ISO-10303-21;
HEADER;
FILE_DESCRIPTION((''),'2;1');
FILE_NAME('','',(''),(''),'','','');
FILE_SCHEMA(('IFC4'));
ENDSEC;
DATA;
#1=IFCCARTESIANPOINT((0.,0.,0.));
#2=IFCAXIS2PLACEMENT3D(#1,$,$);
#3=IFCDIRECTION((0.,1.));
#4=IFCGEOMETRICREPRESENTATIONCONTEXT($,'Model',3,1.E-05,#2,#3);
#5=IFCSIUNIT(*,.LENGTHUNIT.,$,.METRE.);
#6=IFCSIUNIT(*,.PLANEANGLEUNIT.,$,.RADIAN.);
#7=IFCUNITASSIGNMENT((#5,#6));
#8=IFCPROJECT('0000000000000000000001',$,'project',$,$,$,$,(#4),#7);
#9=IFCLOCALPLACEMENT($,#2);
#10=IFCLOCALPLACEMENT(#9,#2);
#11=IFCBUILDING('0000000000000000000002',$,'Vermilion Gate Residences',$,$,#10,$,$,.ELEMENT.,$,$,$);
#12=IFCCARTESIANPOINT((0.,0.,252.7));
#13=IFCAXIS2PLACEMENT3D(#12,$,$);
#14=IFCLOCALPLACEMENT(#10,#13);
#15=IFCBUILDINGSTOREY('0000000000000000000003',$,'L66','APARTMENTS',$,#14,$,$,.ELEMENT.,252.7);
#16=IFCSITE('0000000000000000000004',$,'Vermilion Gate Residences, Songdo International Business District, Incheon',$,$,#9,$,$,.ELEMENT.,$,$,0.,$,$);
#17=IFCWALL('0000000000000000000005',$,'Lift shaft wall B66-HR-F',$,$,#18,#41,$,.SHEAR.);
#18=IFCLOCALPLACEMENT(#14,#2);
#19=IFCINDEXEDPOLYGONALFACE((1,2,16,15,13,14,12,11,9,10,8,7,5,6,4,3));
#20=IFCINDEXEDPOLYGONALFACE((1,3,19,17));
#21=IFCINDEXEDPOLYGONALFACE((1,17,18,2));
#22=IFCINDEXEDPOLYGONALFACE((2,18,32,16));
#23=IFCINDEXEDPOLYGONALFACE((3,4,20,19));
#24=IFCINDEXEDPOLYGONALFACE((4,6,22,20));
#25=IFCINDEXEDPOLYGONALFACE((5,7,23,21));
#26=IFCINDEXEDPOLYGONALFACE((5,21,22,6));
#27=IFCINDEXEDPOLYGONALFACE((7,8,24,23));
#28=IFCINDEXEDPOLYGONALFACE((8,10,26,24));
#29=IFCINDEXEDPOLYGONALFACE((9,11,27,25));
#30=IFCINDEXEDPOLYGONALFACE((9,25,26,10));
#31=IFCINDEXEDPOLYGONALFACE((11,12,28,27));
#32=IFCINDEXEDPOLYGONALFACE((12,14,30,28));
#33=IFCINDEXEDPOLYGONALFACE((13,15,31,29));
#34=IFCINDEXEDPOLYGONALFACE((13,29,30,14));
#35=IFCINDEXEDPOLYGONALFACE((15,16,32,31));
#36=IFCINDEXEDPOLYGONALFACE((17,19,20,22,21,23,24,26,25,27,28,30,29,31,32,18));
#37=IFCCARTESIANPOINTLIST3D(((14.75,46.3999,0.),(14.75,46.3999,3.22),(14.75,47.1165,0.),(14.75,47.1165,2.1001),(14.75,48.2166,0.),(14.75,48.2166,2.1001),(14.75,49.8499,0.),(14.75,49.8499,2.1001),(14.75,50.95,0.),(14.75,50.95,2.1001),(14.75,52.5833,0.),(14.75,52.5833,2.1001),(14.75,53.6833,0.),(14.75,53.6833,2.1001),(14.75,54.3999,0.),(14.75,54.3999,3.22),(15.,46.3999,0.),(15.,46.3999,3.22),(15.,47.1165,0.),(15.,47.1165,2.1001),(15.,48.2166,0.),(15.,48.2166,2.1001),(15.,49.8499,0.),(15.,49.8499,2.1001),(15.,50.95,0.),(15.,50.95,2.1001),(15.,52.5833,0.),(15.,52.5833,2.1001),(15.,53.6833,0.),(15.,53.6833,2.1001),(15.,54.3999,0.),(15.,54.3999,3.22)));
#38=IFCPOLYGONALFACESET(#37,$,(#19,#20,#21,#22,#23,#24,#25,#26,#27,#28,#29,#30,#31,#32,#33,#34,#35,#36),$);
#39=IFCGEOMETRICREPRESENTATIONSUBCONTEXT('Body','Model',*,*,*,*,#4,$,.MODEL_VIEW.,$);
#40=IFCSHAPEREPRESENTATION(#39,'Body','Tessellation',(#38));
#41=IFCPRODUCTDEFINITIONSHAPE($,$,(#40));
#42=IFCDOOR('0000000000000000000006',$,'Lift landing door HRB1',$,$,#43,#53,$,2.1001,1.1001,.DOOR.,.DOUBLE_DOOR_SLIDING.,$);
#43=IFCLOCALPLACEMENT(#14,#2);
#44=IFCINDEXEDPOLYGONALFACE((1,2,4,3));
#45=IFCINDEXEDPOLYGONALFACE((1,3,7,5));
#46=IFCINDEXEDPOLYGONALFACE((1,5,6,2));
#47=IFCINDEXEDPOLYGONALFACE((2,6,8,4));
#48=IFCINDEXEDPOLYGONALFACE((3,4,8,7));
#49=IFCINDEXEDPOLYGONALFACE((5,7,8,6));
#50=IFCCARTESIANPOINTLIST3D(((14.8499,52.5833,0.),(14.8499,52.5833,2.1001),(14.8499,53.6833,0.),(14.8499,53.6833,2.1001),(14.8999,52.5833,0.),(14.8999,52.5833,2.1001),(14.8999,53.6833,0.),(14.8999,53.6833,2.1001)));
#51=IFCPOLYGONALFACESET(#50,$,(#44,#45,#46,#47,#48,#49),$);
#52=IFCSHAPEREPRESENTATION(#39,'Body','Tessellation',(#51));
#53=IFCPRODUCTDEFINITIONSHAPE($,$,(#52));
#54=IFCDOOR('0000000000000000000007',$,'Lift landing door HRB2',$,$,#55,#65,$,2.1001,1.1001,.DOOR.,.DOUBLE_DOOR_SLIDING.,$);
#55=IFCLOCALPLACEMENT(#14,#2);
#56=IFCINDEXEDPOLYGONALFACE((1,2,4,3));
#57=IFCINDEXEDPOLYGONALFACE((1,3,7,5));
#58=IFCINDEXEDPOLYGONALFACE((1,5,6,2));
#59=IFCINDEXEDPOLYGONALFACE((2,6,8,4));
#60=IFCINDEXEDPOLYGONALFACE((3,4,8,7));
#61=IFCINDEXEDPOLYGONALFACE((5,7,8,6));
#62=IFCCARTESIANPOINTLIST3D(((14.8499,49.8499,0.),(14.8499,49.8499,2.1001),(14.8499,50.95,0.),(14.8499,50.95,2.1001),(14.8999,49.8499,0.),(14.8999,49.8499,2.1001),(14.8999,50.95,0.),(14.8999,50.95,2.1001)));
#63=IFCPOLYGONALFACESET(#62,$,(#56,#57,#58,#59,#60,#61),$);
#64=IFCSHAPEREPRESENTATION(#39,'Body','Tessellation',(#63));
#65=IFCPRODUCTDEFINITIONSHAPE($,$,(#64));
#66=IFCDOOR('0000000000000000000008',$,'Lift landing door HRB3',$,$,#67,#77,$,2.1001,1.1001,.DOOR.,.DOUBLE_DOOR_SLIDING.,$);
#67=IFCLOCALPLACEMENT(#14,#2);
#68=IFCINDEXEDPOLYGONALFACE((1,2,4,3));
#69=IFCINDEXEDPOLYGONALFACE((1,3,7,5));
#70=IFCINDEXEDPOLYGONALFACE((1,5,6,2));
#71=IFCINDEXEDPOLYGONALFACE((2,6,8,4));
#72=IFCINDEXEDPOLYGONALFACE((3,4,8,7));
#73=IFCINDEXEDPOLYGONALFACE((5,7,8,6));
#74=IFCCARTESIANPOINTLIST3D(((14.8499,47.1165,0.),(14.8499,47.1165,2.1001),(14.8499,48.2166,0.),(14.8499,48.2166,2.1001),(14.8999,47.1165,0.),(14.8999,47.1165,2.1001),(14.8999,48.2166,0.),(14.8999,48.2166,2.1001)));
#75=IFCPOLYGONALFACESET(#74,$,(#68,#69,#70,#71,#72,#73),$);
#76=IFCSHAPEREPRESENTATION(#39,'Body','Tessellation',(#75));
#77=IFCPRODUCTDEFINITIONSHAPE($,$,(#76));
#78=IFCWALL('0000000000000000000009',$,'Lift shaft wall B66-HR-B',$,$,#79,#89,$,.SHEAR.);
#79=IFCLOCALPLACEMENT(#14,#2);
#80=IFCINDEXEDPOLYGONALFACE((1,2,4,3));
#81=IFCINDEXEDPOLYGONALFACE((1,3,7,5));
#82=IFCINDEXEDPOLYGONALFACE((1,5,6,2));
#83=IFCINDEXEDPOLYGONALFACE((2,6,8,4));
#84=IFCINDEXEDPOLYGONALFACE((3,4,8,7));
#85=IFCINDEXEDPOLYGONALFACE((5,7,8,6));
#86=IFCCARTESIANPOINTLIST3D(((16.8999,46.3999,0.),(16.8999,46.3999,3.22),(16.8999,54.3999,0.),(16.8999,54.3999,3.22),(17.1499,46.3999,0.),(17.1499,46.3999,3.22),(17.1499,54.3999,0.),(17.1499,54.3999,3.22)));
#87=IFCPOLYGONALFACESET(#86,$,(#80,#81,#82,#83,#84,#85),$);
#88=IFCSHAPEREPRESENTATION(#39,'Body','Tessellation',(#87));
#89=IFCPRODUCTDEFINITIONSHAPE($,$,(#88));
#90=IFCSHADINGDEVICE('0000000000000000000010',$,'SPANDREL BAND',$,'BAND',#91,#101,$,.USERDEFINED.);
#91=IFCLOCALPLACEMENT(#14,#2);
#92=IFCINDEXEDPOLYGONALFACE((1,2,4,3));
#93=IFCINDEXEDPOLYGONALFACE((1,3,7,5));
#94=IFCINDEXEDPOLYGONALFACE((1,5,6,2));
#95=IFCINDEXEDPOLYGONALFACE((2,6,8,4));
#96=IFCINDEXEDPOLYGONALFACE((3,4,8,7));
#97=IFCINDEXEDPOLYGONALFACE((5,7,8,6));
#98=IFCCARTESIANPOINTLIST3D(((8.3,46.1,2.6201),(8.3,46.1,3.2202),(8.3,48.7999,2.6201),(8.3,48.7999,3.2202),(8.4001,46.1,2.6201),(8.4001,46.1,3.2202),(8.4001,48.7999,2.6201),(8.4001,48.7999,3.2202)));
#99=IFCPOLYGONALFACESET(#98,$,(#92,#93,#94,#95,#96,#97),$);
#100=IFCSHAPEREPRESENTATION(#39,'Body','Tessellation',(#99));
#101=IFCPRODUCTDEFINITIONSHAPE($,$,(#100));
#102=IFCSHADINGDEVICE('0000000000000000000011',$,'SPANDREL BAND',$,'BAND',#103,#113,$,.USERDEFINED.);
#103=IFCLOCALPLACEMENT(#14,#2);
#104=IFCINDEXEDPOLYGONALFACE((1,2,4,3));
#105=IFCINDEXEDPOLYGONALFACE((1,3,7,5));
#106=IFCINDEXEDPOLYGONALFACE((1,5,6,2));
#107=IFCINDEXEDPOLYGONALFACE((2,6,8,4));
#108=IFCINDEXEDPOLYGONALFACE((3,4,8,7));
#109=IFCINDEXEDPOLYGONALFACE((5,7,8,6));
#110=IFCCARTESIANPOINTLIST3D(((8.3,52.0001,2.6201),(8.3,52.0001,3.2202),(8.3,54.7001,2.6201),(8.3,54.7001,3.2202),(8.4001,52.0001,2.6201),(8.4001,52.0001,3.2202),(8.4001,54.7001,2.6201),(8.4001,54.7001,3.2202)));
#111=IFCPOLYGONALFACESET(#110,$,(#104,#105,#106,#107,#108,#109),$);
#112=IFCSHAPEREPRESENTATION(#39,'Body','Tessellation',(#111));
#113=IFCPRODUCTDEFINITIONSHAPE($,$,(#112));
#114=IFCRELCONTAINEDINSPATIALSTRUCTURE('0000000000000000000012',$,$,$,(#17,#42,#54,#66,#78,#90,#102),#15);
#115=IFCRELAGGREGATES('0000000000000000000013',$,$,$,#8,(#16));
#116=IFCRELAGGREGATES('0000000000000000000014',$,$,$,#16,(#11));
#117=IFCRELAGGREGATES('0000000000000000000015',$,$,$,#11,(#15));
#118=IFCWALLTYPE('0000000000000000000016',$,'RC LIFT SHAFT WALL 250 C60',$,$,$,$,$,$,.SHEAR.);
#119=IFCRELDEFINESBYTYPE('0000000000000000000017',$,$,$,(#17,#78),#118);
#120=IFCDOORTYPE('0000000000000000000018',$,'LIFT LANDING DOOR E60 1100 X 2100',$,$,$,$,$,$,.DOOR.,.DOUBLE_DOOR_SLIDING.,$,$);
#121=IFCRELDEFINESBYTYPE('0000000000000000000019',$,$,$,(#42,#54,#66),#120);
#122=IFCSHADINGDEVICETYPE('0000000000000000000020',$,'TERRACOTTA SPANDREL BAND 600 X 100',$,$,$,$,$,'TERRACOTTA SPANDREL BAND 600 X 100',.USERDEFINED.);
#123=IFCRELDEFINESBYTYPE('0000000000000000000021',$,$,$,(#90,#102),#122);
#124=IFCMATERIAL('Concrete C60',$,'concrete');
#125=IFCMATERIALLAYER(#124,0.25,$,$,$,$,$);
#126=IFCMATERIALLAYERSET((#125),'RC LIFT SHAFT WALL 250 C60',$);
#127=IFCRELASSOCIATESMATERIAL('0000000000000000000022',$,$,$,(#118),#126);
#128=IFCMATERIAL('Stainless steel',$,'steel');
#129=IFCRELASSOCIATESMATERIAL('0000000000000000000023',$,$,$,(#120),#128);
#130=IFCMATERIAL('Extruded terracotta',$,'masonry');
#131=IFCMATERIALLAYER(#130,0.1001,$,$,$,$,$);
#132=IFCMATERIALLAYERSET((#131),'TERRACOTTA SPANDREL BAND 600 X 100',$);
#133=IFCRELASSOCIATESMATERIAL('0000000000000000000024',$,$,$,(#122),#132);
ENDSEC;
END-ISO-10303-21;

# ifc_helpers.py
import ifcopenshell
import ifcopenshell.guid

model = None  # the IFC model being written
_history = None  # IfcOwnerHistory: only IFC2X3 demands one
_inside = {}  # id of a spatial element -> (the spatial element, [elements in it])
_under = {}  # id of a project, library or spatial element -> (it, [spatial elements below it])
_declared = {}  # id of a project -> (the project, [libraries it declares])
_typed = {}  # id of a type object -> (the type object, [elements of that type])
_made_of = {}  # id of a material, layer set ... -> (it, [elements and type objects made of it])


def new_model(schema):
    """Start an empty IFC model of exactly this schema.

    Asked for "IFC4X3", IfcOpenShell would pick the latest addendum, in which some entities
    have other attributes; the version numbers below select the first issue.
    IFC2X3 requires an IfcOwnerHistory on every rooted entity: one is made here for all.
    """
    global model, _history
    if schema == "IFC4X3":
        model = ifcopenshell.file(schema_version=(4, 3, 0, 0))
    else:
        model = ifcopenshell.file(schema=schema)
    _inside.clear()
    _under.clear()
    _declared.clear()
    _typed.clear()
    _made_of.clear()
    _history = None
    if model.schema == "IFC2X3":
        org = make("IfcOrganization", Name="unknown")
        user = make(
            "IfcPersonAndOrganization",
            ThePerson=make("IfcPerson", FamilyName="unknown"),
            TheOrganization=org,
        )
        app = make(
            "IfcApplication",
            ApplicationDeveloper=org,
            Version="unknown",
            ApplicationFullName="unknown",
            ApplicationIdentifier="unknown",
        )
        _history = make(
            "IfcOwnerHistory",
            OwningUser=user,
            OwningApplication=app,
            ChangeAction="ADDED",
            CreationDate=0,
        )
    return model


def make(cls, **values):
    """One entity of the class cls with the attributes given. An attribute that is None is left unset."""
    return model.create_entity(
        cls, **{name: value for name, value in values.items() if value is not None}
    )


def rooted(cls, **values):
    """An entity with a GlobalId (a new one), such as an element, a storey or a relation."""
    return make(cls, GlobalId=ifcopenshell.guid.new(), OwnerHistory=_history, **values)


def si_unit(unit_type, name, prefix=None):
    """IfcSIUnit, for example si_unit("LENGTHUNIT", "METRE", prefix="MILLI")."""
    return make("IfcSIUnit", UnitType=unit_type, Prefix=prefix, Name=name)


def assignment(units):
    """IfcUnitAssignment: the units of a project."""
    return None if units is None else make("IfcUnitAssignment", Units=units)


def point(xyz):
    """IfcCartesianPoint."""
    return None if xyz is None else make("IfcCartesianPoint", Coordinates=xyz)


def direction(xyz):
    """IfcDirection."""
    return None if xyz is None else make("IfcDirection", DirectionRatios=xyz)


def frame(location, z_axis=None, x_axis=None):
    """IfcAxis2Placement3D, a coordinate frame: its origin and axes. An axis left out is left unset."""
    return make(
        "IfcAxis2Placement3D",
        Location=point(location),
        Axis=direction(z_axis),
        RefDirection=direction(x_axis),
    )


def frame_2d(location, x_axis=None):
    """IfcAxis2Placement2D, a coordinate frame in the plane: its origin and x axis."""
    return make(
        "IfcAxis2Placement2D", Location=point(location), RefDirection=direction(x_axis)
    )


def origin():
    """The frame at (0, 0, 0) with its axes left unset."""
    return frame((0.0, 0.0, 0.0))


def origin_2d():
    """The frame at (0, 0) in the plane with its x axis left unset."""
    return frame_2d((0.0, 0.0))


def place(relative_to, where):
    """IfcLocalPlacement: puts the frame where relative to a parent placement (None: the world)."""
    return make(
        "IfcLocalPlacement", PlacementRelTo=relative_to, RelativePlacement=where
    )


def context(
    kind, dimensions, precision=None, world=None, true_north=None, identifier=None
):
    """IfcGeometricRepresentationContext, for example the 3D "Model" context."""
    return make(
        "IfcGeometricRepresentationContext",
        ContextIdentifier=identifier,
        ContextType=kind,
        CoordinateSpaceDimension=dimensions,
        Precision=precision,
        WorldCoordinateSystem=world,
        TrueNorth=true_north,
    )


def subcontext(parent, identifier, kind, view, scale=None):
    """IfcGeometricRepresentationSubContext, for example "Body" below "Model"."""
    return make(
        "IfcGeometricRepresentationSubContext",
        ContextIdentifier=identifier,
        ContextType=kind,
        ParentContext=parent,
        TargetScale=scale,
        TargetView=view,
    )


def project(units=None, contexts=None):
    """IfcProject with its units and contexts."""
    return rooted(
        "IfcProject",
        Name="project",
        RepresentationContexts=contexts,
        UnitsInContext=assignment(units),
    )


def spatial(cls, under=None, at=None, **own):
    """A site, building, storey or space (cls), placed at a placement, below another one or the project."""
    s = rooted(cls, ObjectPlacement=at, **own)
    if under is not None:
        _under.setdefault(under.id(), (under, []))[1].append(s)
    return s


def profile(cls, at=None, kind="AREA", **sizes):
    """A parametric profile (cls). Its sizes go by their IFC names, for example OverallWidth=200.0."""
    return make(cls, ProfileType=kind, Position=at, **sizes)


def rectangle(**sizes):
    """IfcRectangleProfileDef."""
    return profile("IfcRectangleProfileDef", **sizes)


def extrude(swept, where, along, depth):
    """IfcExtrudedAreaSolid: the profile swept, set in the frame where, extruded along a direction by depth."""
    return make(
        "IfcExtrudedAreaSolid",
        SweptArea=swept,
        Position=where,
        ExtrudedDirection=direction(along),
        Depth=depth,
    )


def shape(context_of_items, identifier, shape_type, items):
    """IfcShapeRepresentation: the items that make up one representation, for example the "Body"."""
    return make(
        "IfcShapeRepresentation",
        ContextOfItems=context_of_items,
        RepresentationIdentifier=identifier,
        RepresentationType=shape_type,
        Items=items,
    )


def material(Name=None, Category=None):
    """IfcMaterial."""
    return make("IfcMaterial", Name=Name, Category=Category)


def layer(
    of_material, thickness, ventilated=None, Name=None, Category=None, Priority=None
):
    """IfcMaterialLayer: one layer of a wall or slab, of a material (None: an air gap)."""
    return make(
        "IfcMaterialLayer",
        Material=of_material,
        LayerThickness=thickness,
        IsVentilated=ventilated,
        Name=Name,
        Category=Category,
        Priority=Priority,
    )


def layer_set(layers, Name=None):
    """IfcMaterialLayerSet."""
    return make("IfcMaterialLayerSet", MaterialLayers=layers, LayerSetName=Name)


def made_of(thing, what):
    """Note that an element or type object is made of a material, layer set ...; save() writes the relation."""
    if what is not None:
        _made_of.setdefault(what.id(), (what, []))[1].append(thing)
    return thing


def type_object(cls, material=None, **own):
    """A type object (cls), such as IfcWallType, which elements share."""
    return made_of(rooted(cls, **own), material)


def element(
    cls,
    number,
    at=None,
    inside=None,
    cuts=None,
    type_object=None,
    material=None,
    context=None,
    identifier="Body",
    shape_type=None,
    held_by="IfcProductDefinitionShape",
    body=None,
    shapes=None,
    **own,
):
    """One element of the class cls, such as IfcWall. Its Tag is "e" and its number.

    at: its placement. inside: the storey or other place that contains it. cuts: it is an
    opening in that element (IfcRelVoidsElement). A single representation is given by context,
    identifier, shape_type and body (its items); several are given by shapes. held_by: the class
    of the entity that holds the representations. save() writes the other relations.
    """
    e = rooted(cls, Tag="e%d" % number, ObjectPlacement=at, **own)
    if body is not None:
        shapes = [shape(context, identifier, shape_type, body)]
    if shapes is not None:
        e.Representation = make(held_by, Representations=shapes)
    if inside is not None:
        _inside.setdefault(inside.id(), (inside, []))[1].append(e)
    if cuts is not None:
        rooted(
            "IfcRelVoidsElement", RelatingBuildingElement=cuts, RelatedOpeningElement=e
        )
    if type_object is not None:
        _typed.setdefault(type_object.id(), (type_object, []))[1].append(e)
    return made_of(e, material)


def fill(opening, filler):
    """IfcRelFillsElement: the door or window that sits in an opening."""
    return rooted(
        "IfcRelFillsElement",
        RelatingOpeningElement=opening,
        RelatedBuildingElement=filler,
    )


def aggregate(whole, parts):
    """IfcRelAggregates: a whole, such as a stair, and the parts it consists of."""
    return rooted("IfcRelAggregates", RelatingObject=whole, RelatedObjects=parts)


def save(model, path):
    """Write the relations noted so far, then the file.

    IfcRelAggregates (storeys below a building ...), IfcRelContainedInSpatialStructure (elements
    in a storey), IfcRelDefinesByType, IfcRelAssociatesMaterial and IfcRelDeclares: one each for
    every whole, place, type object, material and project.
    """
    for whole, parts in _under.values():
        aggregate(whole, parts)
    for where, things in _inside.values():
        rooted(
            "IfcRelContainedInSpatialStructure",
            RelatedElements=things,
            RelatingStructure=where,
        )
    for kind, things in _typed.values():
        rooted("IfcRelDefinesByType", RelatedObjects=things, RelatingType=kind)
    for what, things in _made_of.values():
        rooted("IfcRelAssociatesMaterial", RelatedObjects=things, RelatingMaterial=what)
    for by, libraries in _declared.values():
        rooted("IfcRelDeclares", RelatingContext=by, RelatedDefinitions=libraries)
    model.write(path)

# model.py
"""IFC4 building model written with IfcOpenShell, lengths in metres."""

from ifc_helpers import new_model, si_unit, direction, frame, frame_2d, origin, origin_2d, place, context, subcontext, project, spatial, rectangle, extrude, material, layer, layer_set, type_object, element, fill, save


model = new_model("IFC4")

# Units and contexts
model_context = context("Model", 3, precision=1e-05, world=origin(), true_north=direction((0.0, 1.0)))
body_context = subcontext(model_context, "Body", "Model", "MODEL_VIEW")
ifc_project = project(units=[si_unit("LENGTHUNIT", "METRE"), si_unit("PLANEANGLEUNIT", "RADIAN")], contexts=[model_context])

# Site, building, storey
site_placement = place(None, origin())
site = spatial("IfcSite", under=ifc_project, at=site_placement, Name="Vermilion Gate Residences, Songdo International Business District, Incheon", CompositionType="ELEMENT", RefElevation=0.0)
building_placement = place(site_placement, origin())
building = spatial("IfcBuilding", under=site, at=building_placement, Name="Vermilion Gate Residences", CompositionType="ELEMENT")
storey_placement = place(building_placement, frame((0.0, 0.0, 252.7)))
storey = spatial("IfcBuildingStorey", under=building, at=storey_placement, Name="L66", Description="APARTMENTS", CompositionType="ELEMENT", Elevation=252.7)

# Wall, openings, doors
ifc_material_1 = material(Name="Concrete C60", Category="concrete")
ifc_layer_1 = layer(ifc_material_1, 0.25)
ifc_layer_set_1 = layer_set([ifc_layer_1], Name="RC LIFT SHAFT WALL 250 C60")
wall_type_1 = type_object("IfcWallType", Name="RC LIFT SHAFT WALL 250 C60", PredefinedType="SHEAR", material=ifc_layer_set_1)
wall_1_placement = place(storey_placement, frame((14.875, 54.3999, 0.0), z_axis=(0.0, 0.0, 1.0), x_axis=(0.0, -1.0, 0.0)))
wall_1 = element("IfcWall", 1, at=wall_1_placement, inside=storey, type_object=wall_type_1, Name="Lift shaft wall B66-HR-F", PredefinedType="SHEAR", context=body_context, shape_type="SweptSolid", body=[
    extrude(rectangle(XDim=8.0, YDim=0.25, at=frame_2d((4.0, 0.0))), origin(), (0.0, 0.0, 1.0), 3.22),
])
opening_1_placement = place(wall_1_placement, frame((0.7166, 0.0, 0.0)))
opening_1 = element("IfcOpeningElement", 2, at=opening_1_placement, cuts=wall_1, PredefinedType="OPENING", context=body_context, shape_type="SweptSolid", body=[
    extrude(rectangle(XDim=1.1001, YDim=2.1001, at=frame_2d((0.55, 1.05))), frame((0.0, 0.135, 0.0), z_axis=(0.0, -1.0, 0.0), x_axis=(1.0, 0.0, 0.0)), (0.0, 0.0, 1.0), 0.27),
])
opening_2_placement = place(wall_1_placement, frame((3.45, 0.0, 0.0)))
opening_2 = element("IfcOpeningElement", 3, at=opening_2_placement, cuts=wall_1, PredefinedType="OPENING", context=body_context, shape_type="SweptSolid", body=[
    extrude(rectangle(XDim=1.1001, YDim=2.1001, at=frame_2d((0.55, 1.05))), frame((0.0, 0.135, 0.0), z_axis=(0.0, -1.0, 0.0), x_axis=(1.0, 0.0, 0.0)), (0.0, 0.0, 1.0), 0.27),
])
opening_3_placement = place(wall_1_placement, frame((6.1833, 0.0, 0.0)))
opening_3 = element("IfcOpeningElement", 4, at=opening_3_placement, cuts=wall_1, PredefinedType="OPENING", context=body_context, shape_type="SweptSolid", body=[
    extrude(rectangle(XDim=1.1001, YDim=2.1001, at=frame_2d((0.55, 1.05))), frame((0.0, 0.135, 0.0), z_axis=(0.0, -1.0, 0.0), x_axis=(1.0, 0.0, 0.0)), (0.0, 0.0, 1.0), 0.27),
])
ifc_material_2 = material(Name="Stainless steel", Category="steel")
door_type_1 = type_object("IfcDoorType", Name="LIFT LANDING DOOR E60 1100 X 2100", OperationType="DOUBLE_DOOR_SLIDING", PredefinedType="DOOR", material=ifc_material_2)
door_1_placement = place(opening_1_placement, origin())
door_1 = element("IfcDoor", 5, at=door_1_placement, inside=storey, type_object=door_type_1, Name="Lift landing door HRB1", OperationType="DOUBLE_DOOR_SLIDING", OverallHeight=2.1001, OverallWidth=1.1001, PredefinedType="DOOR", context=body_context, shape_type="SweptSolid", body=[
    extrude(rectangle(XDim=1.1001, YDim=2.1001, at=frame_2d((0.55, 1.05))), frame((0.0, 0.0249, 0.0), z_axis=(0.0, -1.0, 0.0), x_axis=(1.0, 0.0, 0.0)), (0.0, 0.0, 1.0), 0.05),
])
fill(opening_1, door_1)
door_2_placement = place(opening_2_placement, origin())
door_2 = element("IfcDoor", 6, at=door_2_placement, inside=storey, type_object=door_type_1, Name="Lift landing door HRB2", OperationType="DOUBLE_DOOR_SLIDING", OverallHeight=2.1001, OverallWidth=1.1001, PredefinedType="DOOR", context=body_context, shape_type="SweptSolid", body=[
    extrude(rectangle(XDim=1.1001, YDim=2.1001, at=frame_2d((0.55, 1.05))), frame((0.0, 0.0249, 0.0), z_axis=(0.0, -1.0, 0.0), x_axis=(1.0, 0.0, 0.0)), (0.0, 0.0, 1.0), 0.05),
])
fill(opening_2, door_2)
door_3_placement = place(opening_3_placement, origin())
door_3 = element("IfcDoor", 7, at=door_3_placement, inside=storey, type_object=door_type_1, Name="Lift landing door HRB3", OperationType="DOUBLE_DOOR_SLIDING", OverallHeight=2.1001, OverallWidth=1.1001, PredefinedType="DOOR", context=body_context, shape_type="SweptSolid", body=[
    extrude(rectangle(XDim=1.1001, YDim=2.1001, at=frame_2d((0.55, 1.05))), frame((0.0, 0.0249, 0.0), z_axis=(0.0, -1.0, 0.0), x_axis=(1.0, 0.0, 0.0)), (0.0, 0.0, 1.0), 0.05),
])
fill(opening_3, door_3)

# Wall
wall_2_placement = place(storey_placement, frame((17.0249, 54.3999, 0.0), z_axis=(0.0, 0.0, 1.0), x_axis=(0.0, -1.0, 0.0)))
element("IfcWall", 8, at=wall_2_placement, inside=storey, type_object=wall_type_1, Name="Lift shaft wall B66-HR-B", PredefinedType="SHEAR", context=body_context, shape_type="SweptSolid", body=[
    extrude(rectangle(XDim=8.0, YDim=0.25, at=frame_2d((4.0, 0.0))), origin(), (0.0, 0.0, 1.0), 3.22),
])

# Shading devices
ifc_material_3 = material(Name="Extruded terracotta", Category="masonry")
ifc_layer_2 = layer(ifc_material_3, 0.1001)
ifc_layer_set_2 = layer_set([ifc_layer_2], Name="TERRACOTTA SPANDREL BAND 600 X 100")
shading_device_type = type_object("IfcShadingDeviceType", Name="TERRACOTTA SPANDREL BAND 600 X 100", ElementType="TERRACOTTA SPANDREL BAND 600 X 100", PredefinedType="USERDEFINED", material=ifc_layer_set_2)
for number, where, z_axis, x_axis, name in (
    (9, (8.3501, 47.45, 2.6201), (0.0, 0.0, 1.0), (0.0, 1.0, 0.0), "SPANDREL BAND"),
    (10, (8.3501, 53.3501, 2.6201), (0.0, 0.0, 1.0), (0.0, 1.0, 0.0), "SPANDREL BAND"),
):
    element("IfcShadingDevice", number, at=place(storey_placement, frame(where, z_axis=z_axis, x_axis=x_axis)), inside=storey, type_object=shading_device_type, Name=name, ObjectType="BAND", PredefinedType="USERDEFINED", context=body_context, shape_type="SweptSolid", body=[
        extrude(rectangle(XDim=2.7, YDim=0.1001, at=origin_2d()), origin(), (0.0, 0.0, 1.0), 0.6001),
    ])

save(model, "model.ifc")
